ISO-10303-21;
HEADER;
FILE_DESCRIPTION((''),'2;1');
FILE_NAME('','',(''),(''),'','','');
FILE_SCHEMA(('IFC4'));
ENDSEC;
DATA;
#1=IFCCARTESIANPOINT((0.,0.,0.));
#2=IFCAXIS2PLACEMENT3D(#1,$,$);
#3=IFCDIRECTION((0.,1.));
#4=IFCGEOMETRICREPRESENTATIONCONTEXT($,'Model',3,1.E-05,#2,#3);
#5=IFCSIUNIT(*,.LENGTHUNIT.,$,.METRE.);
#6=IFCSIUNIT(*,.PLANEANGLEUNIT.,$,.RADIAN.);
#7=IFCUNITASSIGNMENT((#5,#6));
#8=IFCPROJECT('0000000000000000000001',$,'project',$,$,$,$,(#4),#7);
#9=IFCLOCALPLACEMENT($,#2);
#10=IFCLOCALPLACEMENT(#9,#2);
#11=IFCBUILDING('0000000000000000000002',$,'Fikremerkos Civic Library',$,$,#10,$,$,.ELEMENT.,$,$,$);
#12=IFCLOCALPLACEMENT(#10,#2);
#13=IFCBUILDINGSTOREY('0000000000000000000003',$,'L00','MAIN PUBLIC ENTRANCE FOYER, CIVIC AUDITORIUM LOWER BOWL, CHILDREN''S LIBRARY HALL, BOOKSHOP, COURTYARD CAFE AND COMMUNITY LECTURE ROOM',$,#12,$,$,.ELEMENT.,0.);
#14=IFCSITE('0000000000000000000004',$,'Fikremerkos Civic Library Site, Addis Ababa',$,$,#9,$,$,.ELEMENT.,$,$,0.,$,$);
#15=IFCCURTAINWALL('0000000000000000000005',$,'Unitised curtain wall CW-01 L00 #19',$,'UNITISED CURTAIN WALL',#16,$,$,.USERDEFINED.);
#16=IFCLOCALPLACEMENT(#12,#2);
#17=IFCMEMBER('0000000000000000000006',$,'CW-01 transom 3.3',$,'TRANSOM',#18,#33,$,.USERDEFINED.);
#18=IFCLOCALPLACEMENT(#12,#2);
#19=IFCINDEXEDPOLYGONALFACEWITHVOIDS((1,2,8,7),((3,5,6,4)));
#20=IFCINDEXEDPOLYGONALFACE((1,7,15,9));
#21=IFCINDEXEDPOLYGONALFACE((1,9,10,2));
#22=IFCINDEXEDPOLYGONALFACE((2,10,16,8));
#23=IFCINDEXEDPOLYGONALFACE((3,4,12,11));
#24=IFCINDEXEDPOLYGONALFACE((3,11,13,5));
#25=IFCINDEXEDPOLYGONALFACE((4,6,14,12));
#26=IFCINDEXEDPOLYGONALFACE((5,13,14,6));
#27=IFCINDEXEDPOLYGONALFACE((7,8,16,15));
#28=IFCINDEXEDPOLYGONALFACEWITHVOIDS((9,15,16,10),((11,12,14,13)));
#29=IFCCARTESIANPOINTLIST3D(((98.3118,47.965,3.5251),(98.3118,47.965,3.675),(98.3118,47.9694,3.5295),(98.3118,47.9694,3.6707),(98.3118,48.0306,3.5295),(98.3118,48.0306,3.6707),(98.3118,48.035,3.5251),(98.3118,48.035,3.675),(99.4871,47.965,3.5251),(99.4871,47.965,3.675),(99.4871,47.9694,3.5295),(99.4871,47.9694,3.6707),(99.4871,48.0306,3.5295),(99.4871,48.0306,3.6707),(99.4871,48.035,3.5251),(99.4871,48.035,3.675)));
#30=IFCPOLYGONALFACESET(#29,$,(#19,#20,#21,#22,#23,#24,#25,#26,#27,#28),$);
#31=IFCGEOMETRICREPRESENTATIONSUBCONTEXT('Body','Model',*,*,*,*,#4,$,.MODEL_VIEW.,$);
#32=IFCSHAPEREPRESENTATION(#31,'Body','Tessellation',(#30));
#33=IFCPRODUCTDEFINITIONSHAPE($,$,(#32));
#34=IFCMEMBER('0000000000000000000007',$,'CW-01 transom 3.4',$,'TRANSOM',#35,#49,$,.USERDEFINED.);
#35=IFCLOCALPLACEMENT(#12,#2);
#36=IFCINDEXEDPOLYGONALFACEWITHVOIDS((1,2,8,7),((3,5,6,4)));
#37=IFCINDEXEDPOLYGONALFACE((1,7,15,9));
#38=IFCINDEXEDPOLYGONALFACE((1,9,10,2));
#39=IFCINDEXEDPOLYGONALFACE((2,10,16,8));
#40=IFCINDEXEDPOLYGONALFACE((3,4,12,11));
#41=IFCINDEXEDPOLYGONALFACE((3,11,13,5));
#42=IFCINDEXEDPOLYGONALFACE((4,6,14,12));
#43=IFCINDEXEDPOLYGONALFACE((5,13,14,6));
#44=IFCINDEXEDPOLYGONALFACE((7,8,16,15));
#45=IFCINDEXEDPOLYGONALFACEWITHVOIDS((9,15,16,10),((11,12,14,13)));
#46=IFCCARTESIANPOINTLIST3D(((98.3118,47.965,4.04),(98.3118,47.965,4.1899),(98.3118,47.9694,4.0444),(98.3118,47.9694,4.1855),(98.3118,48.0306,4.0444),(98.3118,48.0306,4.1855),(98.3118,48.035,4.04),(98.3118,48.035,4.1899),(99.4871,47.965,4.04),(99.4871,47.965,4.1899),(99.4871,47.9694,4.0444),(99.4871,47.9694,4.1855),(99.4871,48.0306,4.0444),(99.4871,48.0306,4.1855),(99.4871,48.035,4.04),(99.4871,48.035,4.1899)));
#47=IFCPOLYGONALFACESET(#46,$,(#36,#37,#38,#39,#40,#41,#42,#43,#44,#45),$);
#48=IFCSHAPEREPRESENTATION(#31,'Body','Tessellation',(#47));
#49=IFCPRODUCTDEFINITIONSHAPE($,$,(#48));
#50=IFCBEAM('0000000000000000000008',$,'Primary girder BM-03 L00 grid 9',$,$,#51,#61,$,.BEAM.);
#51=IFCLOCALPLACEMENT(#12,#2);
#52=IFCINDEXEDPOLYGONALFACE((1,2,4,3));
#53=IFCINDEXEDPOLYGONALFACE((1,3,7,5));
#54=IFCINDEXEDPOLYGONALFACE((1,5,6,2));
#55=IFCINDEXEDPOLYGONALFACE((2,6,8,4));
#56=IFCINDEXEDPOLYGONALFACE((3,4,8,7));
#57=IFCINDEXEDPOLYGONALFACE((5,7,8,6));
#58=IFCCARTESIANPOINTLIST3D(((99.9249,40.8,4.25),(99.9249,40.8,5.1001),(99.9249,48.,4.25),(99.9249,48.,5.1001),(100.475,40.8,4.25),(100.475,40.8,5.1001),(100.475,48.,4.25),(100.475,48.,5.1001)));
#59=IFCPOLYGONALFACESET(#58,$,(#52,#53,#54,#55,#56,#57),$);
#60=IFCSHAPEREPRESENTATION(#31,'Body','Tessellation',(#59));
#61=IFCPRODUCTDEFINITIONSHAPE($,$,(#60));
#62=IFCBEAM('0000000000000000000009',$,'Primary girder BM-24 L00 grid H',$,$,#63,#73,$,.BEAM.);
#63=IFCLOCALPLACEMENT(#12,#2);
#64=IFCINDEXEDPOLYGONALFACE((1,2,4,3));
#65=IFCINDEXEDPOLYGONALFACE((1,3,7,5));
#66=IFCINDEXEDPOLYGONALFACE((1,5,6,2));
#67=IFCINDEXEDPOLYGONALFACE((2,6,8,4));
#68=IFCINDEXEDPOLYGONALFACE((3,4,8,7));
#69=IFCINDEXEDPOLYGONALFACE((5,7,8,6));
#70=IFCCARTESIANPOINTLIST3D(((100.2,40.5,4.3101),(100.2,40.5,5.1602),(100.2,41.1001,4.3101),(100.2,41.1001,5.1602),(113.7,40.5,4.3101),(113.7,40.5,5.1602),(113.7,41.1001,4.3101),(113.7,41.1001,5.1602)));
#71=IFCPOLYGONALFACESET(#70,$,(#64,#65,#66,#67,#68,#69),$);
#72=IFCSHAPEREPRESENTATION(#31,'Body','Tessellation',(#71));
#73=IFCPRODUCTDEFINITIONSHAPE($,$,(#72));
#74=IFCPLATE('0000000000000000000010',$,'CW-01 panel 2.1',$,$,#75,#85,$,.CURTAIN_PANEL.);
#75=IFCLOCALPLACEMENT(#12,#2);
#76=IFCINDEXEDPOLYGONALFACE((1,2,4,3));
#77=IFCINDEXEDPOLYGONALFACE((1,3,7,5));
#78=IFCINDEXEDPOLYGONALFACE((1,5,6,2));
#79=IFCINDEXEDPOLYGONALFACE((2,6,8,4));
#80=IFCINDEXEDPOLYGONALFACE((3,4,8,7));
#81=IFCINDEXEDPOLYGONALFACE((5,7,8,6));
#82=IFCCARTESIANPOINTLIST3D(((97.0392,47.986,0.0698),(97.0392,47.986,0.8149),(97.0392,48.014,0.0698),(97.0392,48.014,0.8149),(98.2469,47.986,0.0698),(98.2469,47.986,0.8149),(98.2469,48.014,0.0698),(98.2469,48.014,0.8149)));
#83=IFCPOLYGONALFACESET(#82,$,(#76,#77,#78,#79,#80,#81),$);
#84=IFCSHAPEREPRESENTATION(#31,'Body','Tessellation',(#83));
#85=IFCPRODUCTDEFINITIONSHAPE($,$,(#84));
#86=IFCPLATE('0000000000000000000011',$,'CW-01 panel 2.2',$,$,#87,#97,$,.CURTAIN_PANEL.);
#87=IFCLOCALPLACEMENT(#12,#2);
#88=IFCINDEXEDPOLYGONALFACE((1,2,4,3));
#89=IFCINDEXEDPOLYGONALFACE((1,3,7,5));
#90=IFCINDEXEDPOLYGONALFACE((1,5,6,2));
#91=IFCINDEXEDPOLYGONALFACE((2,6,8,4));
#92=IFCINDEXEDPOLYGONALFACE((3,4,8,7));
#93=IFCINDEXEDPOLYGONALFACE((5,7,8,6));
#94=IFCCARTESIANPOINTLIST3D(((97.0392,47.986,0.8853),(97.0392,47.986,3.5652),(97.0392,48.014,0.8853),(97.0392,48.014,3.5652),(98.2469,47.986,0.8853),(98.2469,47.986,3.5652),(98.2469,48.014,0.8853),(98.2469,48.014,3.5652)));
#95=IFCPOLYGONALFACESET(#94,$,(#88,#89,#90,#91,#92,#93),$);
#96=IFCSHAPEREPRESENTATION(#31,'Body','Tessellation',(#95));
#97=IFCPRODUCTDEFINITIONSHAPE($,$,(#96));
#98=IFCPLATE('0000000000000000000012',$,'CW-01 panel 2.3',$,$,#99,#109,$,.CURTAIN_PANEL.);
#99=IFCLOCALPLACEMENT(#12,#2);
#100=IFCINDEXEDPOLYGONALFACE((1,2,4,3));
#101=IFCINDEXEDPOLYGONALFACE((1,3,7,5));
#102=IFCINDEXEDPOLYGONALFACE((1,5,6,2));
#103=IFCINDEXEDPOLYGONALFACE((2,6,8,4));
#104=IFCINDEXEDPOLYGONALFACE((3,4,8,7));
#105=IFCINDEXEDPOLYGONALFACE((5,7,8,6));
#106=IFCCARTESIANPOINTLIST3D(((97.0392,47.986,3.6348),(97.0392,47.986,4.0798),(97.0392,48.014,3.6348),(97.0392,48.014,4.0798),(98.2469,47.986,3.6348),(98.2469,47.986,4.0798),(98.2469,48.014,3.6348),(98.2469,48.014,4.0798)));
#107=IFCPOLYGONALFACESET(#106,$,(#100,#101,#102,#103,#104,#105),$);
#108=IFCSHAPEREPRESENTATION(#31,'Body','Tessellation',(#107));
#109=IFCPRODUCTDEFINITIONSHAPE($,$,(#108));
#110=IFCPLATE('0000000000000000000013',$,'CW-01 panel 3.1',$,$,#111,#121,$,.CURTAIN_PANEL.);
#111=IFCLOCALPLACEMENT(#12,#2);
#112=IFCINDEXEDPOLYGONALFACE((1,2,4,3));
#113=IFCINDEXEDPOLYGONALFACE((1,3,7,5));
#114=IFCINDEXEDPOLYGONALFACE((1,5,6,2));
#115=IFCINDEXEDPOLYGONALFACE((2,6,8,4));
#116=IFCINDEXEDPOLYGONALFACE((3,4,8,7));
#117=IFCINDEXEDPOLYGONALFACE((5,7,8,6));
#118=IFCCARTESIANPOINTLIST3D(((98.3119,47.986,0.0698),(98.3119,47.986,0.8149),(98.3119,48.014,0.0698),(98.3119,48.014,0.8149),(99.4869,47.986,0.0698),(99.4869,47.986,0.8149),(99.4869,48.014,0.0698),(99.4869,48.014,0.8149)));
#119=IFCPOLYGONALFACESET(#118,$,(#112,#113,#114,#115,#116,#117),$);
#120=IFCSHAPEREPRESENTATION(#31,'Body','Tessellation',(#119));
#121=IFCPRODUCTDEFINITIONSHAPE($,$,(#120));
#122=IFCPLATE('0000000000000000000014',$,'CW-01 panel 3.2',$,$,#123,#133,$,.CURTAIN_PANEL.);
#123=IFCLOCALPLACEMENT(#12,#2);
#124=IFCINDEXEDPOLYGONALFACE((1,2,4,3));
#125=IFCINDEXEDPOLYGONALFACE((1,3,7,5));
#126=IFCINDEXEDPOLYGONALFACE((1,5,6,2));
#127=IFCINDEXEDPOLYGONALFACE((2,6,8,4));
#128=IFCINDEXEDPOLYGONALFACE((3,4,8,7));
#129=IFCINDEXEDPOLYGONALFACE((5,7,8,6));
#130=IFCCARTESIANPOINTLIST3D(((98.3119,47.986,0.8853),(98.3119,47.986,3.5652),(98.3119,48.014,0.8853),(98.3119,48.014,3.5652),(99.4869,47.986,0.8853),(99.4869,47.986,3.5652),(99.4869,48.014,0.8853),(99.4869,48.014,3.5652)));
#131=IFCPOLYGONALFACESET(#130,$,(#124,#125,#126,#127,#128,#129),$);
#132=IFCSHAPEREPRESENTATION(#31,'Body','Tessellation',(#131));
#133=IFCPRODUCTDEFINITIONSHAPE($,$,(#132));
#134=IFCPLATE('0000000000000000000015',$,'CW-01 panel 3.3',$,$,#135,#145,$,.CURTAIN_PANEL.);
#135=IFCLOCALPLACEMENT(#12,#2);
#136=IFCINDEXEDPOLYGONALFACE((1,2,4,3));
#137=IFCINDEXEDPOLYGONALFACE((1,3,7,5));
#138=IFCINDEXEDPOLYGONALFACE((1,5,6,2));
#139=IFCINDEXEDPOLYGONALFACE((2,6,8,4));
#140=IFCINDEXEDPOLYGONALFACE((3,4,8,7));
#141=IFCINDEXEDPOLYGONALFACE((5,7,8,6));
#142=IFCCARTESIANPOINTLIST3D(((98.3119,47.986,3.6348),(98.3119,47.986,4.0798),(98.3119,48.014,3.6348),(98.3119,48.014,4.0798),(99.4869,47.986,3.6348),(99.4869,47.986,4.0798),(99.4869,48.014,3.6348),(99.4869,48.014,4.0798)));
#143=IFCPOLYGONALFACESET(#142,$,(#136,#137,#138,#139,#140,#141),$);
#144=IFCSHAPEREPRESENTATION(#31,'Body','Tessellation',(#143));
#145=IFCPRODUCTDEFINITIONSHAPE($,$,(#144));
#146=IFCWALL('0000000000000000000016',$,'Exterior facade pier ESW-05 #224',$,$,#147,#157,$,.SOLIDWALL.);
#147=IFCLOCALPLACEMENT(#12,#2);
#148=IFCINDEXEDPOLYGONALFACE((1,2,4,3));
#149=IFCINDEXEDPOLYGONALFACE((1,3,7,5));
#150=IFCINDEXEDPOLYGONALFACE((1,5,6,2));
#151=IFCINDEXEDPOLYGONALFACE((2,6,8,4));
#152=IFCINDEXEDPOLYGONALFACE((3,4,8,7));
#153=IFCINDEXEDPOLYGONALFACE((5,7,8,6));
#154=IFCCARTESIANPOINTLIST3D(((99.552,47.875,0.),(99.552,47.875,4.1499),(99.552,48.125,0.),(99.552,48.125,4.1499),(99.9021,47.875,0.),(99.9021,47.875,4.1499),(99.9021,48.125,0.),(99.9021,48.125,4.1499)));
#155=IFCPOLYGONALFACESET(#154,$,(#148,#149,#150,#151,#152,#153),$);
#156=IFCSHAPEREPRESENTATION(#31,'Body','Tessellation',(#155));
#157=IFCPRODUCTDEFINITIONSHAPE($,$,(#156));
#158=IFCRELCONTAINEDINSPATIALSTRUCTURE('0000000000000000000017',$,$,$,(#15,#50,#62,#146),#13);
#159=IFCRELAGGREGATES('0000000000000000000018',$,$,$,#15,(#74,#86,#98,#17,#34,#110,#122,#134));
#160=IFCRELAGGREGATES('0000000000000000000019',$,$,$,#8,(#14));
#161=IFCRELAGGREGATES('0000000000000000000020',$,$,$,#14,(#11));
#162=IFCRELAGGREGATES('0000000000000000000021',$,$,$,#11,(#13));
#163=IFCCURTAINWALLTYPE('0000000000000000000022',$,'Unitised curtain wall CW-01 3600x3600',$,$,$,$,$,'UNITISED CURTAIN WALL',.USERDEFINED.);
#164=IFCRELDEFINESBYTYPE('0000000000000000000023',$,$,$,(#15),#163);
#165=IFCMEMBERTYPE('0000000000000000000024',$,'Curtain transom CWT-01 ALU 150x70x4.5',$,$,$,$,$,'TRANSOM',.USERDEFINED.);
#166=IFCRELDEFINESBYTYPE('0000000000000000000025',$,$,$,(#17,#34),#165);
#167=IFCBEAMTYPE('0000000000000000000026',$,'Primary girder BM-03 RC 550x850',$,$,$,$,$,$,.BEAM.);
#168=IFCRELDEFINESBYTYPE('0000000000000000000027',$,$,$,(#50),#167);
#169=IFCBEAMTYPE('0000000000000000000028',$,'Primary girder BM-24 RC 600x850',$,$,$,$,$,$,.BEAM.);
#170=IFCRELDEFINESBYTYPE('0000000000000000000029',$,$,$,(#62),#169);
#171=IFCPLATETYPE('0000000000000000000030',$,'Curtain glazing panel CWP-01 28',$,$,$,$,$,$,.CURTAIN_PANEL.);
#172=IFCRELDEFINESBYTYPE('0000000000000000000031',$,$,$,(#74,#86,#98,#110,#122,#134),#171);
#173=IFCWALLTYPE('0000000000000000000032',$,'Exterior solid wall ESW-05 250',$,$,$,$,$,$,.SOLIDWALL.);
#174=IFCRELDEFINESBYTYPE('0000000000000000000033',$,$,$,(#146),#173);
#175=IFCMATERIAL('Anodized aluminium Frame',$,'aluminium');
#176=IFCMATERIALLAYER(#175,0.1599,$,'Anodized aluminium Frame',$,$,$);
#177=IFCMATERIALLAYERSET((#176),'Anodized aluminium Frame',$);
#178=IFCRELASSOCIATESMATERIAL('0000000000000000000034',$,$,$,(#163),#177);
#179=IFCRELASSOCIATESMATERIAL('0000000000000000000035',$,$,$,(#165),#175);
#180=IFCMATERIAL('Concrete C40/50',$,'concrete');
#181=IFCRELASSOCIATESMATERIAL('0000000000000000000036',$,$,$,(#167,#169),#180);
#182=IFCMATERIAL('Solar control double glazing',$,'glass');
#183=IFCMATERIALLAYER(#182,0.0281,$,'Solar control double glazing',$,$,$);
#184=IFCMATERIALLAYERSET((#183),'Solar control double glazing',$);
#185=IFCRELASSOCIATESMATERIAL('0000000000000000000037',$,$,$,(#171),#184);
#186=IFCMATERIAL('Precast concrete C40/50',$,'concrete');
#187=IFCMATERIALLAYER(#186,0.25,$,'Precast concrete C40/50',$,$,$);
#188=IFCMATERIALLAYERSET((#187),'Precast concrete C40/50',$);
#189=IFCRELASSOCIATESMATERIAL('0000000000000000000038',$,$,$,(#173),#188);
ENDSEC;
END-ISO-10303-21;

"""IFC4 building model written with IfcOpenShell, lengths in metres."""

from ifc_helpers import new_model, si_unit, direction, frame, frame_2d, origin, origin_2d, place, context, subcontext, project, spatial, rectangle, hollow_rectangle, extrude, material, layer, layer_set, material_profile, profile_set, type_object, element, aggregate, save


model = new_model("IFC4")

# Units and contexts
model_context = context("Model", 3, precision=1e-05, world=origin(), true_north=direction((0.0, 1.0)))
body_context = subcontext(model_context, "Body", "Model", "MODEL_VIEW")
ifc_project = project(units=[si_unit("LENGTHUNIT", "METRE"), si_unit("PLANEANGLEUNIT", "RADIAN")], contexts=[model_context])

# Site, building, storey
site_placement = place(None, origin())
site = spatial("IfcSite", under=ifc_project, at=site_placement, Name="Fikremerkos Civic Library Site, Addis Ababa", CompositionType="ELEMENT", RefElevation=0.0)
building_placement = place(site_placement, origin())
building = spatial("IfcBuilding", under=site, at=building_placement, Name="Fikremerkos Civic Library", CompositionType="ELEMENT")
storey_placement = place(building_placement, origin())
storey = spatial("IfcBuildingStorey", under=building, at=storey_placement, Name="L00", Description="MAIN PUBLIC ENTRANCE FOYER, CIVIC AUDITORIUM LOWER BOWL, CHILDREN'S LIBRARY HALL, BOOKSHOP, COURTYARD CAFE AND COMMUNITY LECTURE ROOM", CompositionType="ELEMENT", Elevation=0.0)

# Shared definitions
ifc_material_1 = material(Name="Concrete C40/50", Category="concrete")

# Curtain wall, members
ifc_material_2 = material(Name="Anodized aluminium Frame", Category="aluminium")
ifc_layer_1 = layer(ifc_material_2, 0.1599, Name="Anodized aluminium Frame")
ifc_layer_set_1 = layer_set([ifc_layer_1], Name="Anodized aluminium Frame")
curtain_wall_type = type_object("IfcCurtainWallType", Name="Unitised curtain wall CW-01 3600x3600", ElementType="UNITISED CURTAIN WALL", PredefinedType="USERDEFINED", material=ifc_layer_set_1)
curtain_wall_placement = place(storey_placement, origin())
curtain_wall = element("IfcCurtainWall", 1, at=curtain_wall_placement, inside=storey, type_object=curtain_wall_type, Name="Unitised curtain wall CW-01 L00 #19", ObjectType="UNITISED CURTAIN WALL", PredefinedType="USERDEFINED")
ifc_material_profile_1 = material_profile(ifc_material_2, hollow_rectangle(XDim=0.0701, YDim=0.1499, WallThickness=0.0044, at=origin_2d()), Name="ALU 150x70x4.5")
ifc_profile_set_1 = profile_set([ifc_material_profile_1], Name="Anodized aluminium Frame")
member_type_1 = type_object("IfcMemberType", Name="Curtain transom CWT-01 ALU 150x70x4.5", ElementType="TRANSOM", PredefinedType="USERDEFINED", material=ifc_profile_set_1)
member_1_placement = place(storey_placement, frame((98.3118, 48.0, 3.6001), z_axis=(1.0, 0.0, 0.0), x_axis=(0.0, 1.0, 0.0)))
member_1 = element("IfcMember", 2, at=member_1_placement, type_object=member_type_1, Name="CW-01 transom 3.3", ObjectType="TRANSOM", PredefinedType="USERDEFINED", context=body_context, shape_type="SweptSolid", body=[
    extrude(hollow_rectangle(XDim=0.0701, YDim=0.1499, WallThickness=0.0044, at=origin_2d()), origin(), (0.0, 0.0, 1.0), 1.1753),
])
member_2_placement = place(storey_placement, frame((98.3118, 48.0, 4.115), z_axis=(1.0, 0.0, 0.0), x_axis=(0.0, 1.0, 0.0)))
member_2 = element("IfcMember", 3, at=member_2_placement, type_object=member_type_1, Name="CW-01 transom 3.4", ObjectType="TRANSOM", PredefinedType="USERDEFINED", context=body_context, shape_type="SweptSolid", body=[
    extrude(hollow_rectangle(XDim=0.0701, YDim=0.1499, WallThickness=0.0044, at=origin_2d()), origin(), (0.0, 0.0, 1.0), 1.1753),
])

# Beams
ifc_material_profile_2 = material_profile(ifc_material_1, rectangle(XDim=0.55, YDim=0.8501, at=origin_2d()), Name="RC 550x850")
ifc_profile_set_2 = profile_set([ifc_material_profile_2], Name="Concrete C40/50")
beam_type_1 = type_object("IfcBeamType", Name="Primary girder BM-03 RC 550x850", PredefinedType="BEAM", material=ifc_profile_set_2)
beam_1_placement = place(storey_placement, frame((100.2, 40.8, 4.675), z_axis=(0.0, 1.0, 0.0), x_axis=(-1.0, 0.0, 0.0)))
element("IfcBeam", 4, at=beam_1_placement, inside=storey, type_object=beam_type_1, Name="Primary girder BM-03 L00 grid 9", PredefinedType="BEAM", context=body_context, shape_type="SweptSolid", body=[
    extrude(rectangle(XDim=0.55, YDim=0.8501, at=origin_2d()), origin(), (0.0, 0.0, 1.0), 7.2),
])
ifc_material_profile_3 = material_profile(ifc_material_1, rectangle(XDim=0.6001, YDim=0.8501, at=origin_2d()), Name="RC 600x850")
ifc_profile_set_3 = profile_set([ifc_material_profile_3], Name="Concrete C40/50")
beam_type_2 = type_object("IfcBeamType", Name="Primary girder BM-24 RC 600x850", PredefinedType="BEAM", material=ifc_profile_set_3)
beam_2_placement = place(storey_placement, frame((100.2, 40.8, 4.7351), z_axis=(1.0, 0.0, 0.0), x_axis=(0.0, 1.0, 0.0)))
element("IfcBeam", 5, at=beam_2_placement, inside=storey, type_object=beam_type_2, Name="Primary girder BM-24 L00 grid H", PredefinedType="BEAM", context=body_context, shape_type="SweptSolid", body=[
    extrude(rectangle(XDim=0.6001, YDim=0.8501, at=origin_2d()), origin(), (0.0, 0.0, 1.0), 13.5),
])

# Plates
ifc_material_3 = material(Name="Solar control double glazing", Category="glass")
ifc_layer_2 = layer(ifc_material_3, 0.0281, Name="Solar control double glazing")
ifc_layer_set_2 = layer_set([ifc_layer_2], Name="Solar control double glazing")
plate_type = type_object("IfcPlateType", Name="Curtain glazing panel CWP-01 28", PredefinedType="CURTAIN_PANEL", material=ifc_layer_set_2)
plate_1_placement = place(storey_placement, frame((97.6431, 48.0, 0.0698), z_axis=(0.0, 0.0, 1.0), x_axis=(1.0, 0.0, 0.0)))
plate_1 = element("IfcPlate", 6, at=plate_1_placement, type_object=plate_type, Name="CW-01 panel 2.1", PredefinedType="CURTAIN_PANEL", context=body_context, shape_type="SweptSolid", body=[
    extrude(rectangle(XDim=1.2078, YDim=0.0281, at=origin_2d()), origin(), (0.0, 0.0, 1.0), 0.7451),
])
plate_2_placement = place(storey_placement, frame((97.6431, 48.0, 0.8853), z_axis=(0.0, 0.0, 1.0), x_axis=(1.0, 0.0, 0.0)))
plate_2 = element("IfcPlate", 7, at=plate_2_placement, type_object=plate_type, Name="CW-01 panel 2.2", PredefinedType="CURTAIN_PANEL", context=body_context, shape_type="SweptSolid", body=[
    extrude(rectangle(XDim=1.2078, YDim=0.0281, at=origin_2d()), origin(), (0.0, 0.0, 1.0), 2.6799),
])
plate_3_placement = place(storey_placement, frame((97.6431, 48.0, 3.6348), z_axis=(0.0, 0.0, 1.0), x_axis=(1.0, 0.0, 0.0)))
plate_3 = element("IfcPlate", 8, at=plate_3_placement, type_object=plate_type, Name="CW-01 panel 2.3", PredefinedType="CURTAIN_PANEL", context=body_context, shape_type="SweptSolid", body=[
    extrude(rectangle(XDim=1.2078, YDim=0.0281, at=origin_2d()), origin(), (0.0, 0.0, 1.0), 0.4451),
])
plate_4_placement = place(storey_placement, frame((98.8994, 48.0, 0.0698), z_axis=(0.0, 0.0, 1.0), x_axis=(1.0, 0.0, 0.0)))
plate_4 = element("IfcPlate", 9, at=plate_4_placement, type_object=plate_type, Name="CW-01 panel 3.1", PredefinedType="CURTAIN_PANEL", context=body_context, shape_type="SweptSolid", body=[
    extrude(rectangle(XDim=1.175, YDim=0.0281, at=origin_2d()), origin(), (0.0, 0.0, 1.0), 0.7451),
])
plate_5_placement = place(storey_placement, frame((98.8994, 48.0, 0.8853), z_axis=(0.0, 0.0, 1.0), x_axis=(1.0, 0.0, 0.0)))
plate_5 = element("IfcPlate", 10, at=plate_5_placement, type_object=plate_type, Name="CW-01 panel 3.2", PredefinedType="CURTAIN_PANEL", context=body_context, shape_type="SweptSolid", body=[
    extrude(rectangle(XDim=1.175, YDim=0.0281, at=origin_2d()), origin(), (0.0, 0.0, 1.0), 2.6799),
])
plate_6_placement = place(storey_placement, frame((98.8994, 48.0, 3.6348), z_axis=(0.0, 0.0, 1.0), x_axis=(1.0, 0.0, 0.0)))
plate_6 = element("IfcPlate", 11, at=plate_6_placement, type_object=plate_type, Name="CW-01 panel 3.3", PredefinedType="CURTAIN_PANEL", context=body_context, shape_type="SweptSolid", body=[
    extrude(rectangle(XDim=1.175, YDim=0.0281, at=origin_2d()), origin(), (0.0, 0.0, 1.0), 0.4451),
])
aggregate(curtain_wall, [plate_1, plate_2, plate_3, member_1, member_2, plate_4, plate_5, plate_6])

# Wall
ifc_material_4 = material(Name="Precast concrete C40/50", Category="concrete")
ifc_layer_3 = layer(ifc_material_4, 0.25, Name="Precast concrete C40/50")
ifc_layer_set_3 = layer_set([ifc_layer_3], Name="Precast concrete C40/50")
wall_type = type_object("IfcWallType", Name="Exterior solid wall ESW-05 250", PredefinedType="SOLIDWALL", material=ifc_layer_set_3)
wall_placement = place(storey_placement, frame((99.552, 48.0, 0.0), z_axis=(0.0, 0.0, 1.0), x_axis=(1.0, 0.0, 0.0)))
element("IfcWall", 12, at=wall_placement, inside=storey, type_object=wall_type, Name="Exterior facade pier ESW-05 #224", PredefinedType="SOLIDWALL", context=body_context, shape_type="SweptSolid", body=[
    extrude(rectangle(XDim=0.3501, YDim=0.25, at=frame_2d((0.175, 0.0))), origin(), (0.0, 0.0, 1.0), 4.1499),
])

save(model, "model.ifc")
